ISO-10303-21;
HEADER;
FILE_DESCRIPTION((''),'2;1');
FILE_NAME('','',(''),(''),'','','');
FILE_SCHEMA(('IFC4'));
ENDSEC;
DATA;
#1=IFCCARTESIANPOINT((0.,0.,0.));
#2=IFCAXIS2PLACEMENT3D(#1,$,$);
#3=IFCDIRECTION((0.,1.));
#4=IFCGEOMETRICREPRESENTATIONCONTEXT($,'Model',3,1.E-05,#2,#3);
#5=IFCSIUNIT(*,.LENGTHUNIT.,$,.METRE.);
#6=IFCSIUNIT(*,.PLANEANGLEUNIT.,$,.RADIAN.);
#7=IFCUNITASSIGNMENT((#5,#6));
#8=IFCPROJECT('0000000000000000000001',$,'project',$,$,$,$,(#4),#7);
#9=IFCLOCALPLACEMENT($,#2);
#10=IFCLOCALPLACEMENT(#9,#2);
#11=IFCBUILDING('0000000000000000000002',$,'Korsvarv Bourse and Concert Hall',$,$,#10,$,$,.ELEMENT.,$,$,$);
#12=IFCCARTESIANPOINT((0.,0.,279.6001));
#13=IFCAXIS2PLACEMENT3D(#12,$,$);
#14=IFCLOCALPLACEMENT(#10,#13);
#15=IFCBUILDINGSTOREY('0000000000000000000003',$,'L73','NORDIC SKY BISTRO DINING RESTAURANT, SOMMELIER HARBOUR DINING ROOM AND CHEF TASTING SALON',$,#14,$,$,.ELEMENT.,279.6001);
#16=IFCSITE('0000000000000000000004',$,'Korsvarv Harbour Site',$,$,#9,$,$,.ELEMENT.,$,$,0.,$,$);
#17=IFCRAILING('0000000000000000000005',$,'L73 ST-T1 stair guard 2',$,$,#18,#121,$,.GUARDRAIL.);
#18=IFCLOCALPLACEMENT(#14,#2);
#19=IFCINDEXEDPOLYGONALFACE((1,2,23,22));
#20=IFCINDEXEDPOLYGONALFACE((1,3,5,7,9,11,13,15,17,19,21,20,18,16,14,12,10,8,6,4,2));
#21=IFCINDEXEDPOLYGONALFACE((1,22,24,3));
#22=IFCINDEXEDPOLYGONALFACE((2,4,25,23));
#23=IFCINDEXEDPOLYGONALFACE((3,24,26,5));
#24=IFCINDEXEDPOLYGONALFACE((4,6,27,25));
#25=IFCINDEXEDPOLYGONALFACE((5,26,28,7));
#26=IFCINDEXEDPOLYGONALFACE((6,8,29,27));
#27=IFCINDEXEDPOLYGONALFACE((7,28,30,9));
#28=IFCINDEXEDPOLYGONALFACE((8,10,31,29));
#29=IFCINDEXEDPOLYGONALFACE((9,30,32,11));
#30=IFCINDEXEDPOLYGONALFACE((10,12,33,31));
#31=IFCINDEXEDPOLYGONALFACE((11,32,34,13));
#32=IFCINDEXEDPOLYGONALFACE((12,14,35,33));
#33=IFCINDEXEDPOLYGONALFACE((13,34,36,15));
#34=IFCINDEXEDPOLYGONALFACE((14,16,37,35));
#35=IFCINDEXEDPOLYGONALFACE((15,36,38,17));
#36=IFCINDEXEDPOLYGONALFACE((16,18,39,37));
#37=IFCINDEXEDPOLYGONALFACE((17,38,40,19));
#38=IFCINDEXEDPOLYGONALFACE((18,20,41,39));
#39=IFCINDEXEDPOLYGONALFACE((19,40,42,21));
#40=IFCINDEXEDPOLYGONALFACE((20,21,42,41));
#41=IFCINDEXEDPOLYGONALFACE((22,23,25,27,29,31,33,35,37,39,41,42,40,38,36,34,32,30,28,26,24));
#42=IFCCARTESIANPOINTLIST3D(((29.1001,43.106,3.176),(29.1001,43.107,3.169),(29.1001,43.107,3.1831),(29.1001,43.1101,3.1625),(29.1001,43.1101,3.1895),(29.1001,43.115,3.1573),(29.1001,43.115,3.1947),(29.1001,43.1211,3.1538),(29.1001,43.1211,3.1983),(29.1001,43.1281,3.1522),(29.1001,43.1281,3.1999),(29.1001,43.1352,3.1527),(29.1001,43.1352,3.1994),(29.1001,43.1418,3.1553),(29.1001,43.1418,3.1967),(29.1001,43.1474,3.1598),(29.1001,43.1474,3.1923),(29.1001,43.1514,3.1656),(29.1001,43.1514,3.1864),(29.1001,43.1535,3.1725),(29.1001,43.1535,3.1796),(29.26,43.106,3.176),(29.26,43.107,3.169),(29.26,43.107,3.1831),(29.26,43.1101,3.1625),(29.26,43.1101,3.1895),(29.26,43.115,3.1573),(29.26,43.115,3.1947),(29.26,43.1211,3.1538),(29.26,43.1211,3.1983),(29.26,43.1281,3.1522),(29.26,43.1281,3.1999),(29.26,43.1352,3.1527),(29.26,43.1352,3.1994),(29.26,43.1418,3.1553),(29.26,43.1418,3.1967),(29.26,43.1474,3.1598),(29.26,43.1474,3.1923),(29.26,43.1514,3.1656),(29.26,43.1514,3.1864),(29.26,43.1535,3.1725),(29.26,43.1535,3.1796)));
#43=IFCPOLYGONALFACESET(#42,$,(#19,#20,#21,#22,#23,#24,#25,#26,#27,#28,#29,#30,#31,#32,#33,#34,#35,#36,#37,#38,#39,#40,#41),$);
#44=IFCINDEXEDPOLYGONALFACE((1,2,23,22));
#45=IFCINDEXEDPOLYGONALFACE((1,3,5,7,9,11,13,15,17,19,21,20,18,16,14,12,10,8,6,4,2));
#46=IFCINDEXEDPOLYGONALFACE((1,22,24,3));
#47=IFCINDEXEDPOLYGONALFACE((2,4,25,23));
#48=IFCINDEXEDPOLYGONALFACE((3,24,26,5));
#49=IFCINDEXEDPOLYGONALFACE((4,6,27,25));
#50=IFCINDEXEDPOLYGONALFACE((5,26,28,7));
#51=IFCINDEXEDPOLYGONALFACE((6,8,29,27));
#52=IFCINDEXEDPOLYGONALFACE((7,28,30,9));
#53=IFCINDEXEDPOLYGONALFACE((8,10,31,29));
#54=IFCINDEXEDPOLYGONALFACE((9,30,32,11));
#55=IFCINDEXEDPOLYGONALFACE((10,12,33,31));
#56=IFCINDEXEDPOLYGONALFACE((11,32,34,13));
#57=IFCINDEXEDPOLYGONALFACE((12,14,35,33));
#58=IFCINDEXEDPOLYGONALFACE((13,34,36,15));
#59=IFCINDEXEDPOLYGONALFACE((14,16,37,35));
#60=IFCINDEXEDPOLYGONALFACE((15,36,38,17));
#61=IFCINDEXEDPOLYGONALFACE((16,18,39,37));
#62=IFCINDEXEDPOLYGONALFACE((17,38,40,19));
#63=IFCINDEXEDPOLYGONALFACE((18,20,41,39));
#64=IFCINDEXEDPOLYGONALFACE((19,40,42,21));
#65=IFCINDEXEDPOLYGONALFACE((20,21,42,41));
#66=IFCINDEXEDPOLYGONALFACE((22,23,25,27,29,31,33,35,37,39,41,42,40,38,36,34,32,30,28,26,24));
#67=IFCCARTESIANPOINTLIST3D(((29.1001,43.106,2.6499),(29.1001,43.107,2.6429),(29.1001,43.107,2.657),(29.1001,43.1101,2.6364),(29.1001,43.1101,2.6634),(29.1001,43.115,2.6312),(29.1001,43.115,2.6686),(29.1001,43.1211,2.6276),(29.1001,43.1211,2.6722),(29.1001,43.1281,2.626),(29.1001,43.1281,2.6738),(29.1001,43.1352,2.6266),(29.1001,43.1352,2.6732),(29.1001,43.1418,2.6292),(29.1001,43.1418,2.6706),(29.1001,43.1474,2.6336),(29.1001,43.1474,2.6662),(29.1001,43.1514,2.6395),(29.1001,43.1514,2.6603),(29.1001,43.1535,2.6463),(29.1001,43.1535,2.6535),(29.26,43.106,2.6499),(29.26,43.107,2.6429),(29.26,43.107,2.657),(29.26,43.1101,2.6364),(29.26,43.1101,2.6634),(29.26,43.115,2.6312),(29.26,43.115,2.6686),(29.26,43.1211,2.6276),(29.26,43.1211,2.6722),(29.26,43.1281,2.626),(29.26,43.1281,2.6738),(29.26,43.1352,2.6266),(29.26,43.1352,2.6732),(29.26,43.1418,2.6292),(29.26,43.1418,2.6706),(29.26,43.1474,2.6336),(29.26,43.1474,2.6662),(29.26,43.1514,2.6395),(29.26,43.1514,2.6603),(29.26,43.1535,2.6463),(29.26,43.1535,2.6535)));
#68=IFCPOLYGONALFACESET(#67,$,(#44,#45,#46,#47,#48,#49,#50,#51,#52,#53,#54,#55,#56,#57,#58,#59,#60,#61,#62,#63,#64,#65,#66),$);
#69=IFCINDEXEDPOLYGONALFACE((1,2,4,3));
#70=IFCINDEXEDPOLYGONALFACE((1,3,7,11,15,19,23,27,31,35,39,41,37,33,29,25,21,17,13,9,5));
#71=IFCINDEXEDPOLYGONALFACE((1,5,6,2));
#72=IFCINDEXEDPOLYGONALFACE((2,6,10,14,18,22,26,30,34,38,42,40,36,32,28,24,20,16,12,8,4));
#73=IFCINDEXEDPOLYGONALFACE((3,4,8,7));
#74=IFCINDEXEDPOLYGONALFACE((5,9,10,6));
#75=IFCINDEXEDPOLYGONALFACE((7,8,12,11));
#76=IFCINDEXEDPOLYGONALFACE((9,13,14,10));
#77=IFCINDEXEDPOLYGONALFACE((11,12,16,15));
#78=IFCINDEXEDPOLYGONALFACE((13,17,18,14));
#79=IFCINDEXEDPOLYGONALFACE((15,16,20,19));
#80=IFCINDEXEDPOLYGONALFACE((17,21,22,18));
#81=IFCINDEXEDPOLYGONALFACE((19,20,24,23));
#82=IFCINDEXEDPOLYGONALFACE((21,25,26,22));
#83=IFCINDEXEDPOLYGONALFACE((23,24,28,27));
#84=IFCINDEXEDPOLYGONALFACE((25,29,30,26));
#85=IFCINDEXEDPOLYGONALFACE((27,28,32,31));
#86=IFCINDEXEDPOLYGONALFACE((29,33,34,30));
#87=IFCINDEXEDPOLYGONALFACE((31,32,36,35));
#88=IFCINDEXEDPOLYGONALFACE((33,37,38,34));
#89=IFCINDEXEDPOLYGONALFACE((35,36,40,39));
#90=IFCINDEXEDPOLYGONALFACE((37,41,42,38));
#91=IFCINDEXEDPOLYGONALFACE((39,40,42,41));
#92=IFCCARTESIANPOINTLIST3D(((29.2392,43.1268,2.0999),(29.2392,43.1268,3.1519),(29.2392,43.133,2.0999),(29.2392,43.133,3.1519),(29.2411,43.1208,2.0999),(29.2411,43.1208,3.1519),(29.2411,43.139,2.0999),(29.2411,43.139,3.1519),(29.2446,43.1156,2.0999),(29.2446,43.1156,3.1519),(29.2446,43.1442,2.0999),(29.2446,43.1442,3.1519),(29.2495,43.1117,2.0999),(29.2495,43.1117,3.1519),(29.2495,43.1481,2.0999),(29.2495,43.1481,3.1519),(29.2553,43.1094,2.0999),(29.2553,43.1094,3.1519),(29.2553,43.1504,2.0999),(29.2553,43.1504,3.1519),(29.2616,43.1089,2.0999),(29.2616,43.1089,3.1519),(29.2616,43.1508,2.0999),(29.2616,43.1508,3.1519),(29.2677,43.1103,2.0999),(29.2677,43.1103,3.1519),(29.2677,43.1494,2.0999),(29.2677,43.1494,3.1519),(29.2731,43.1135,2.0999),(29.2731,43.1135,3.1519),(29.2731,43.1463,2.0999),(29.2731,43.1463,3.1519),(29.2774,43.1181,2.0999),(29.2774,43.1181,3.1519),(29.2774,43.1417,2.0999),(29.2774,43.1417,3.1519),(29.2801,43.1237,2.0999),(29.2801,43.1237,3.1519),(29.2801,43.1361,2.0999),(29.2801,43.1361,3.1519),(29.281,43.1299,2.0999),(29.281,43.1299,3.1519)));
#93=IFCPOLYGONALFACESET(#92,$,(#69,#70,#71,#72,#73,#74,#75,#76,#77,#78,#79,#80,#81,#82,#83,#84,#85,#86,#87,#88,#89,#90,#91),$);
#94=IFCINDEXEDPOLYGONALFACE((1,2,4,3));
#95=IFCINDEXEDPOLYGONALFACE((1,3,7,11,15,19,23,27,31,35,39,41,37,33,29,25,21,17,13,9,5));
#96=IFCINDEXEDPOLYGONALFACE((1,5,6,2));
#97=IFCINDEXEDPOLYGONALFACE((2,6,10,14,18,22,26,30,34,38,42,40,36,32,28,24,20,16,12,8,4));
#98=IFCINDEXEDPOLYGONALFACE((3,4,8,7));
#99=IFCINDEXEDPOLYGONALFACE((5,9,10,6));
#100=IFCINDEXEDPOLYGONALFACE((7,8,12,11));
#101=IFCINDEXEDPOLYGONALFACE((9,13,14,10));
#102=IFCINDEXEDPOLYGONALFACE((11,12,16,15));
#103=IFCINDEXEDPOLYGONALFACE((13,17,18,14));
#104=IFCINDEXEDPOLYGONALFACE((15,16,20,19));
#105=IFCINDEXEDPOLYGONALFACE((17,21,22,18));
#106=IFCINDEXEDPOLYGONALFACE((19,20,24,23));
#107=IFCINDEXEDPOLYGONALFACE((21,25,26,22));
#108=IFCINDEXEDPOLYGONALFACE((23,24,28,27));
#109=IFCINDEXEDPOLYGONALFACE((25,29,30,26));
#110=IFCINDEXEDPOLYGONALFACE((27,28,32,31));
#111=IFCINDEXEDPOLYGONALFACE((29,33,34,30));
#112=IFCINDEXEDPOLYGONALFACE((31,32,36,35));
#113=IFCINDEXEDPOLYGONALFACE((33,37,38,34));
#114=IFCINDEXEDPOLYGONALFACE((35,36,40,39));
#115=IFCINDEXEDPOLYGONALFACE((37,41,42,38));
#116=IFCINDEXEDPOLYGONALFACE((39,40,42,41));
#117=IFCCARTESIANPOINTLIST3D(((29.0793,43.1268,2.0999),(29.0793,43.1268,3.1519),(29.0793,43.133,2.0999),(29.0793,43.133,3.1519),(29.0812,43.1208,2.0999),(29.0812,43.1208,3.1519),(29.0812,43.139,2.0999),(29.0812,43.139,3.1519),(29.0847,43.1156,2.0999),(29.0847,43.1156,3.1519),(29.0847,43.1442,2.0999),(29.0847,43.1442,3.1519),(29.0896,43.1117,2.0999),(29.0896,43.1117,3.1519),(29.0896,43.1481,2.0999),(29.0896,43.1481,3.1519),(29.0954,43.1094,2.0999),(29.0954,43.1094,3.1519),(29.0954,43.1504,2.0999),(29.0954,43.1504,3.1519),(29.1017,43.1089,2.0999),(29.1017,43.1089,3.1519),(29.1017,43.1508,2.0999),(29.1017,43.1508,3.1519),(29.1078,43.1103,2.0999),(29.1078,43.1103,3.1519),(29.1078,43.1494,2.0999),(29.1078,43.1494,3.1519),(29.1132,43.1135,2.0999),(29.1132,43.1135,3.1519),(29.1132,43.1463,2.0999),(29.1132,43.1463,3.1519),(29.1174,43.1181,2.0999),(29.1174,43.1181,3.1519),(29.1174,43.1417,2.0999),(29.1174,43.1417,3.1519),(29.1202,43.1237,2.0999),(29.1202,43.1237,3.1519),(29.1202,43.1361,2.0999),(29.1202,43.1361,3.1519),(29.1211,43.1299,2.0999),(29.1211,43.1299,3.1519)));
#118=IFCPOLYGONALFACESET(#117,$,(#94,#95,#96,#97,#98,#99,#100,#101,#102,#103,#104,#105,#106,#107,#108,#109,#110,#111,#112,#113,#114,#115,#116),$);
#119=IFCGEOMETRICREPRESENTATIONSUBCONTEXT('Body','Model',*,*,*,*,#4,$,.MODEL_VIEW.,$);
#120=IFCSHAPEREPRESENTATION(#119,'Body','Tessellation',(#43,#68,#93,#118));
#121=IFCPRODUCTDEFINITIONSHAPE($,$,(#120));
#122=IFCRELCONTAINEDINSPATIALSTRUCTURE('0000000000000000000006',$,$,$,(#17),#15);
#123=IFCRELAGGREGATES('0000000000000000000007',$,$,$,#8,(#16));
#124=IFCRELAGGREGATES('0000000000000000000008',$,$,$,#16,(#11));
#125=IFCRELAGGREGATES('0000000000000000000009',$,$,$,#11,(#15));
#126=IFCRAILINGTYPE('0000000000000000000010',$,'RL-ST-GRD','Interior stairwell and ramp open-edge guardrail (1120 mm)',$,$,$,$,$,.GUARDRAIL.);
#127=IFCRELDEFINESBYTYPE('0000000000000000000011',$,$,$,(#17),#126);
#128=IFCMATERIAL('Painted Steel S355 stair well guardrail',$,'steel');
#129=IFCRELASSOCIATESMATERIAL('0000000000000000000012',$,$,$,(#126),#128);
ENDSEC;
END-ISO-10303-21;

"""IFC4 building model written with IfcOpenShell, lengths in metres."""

from ifc_helpers import new_model, si_unit, direction, frame, origin, origin_2d, place, context, subcontext, project, spatial, circle, extrude, material, type_object, element, save


model = new_model("IFC4")

# Units and contexts
model_context = context("Model", 3, precision=1e-05, world=origin(), true_north=direction((0.0, 1.0)))
body_context = subcontext(model_context, "Body", "Model", "MODEL_VIEW")
ifc_project = project(units=[si_unit("LENGTHUNIT", "METRE"), si_unit("PLANEANGLEUNIT", "RADIAN")], contexts=[model_context])

# Site, building, storey
site_placement = place(None, origin())
site = spatial("IfcSite", under=ifc_project, at=site_placement, Name="Korsvarv Harbour Site", CompositionType="ELEMENT", RefElevation=0.0)
building_placement = place(site_placement, origin())
building = spatial("IfcBuilding", under=site, at=building_placement, Name="Korsvarv Bourse and Concert Hall", CompositionType="ELEMENT")
storey_placement = place(building_placement, frame((0.0, 0.0, 279.6001)))
storey = spatial("IfcBuildingStorey", under=building, at=storey_placement, Name="L73", Description="NORDIC SKY BISTRO DINING RESTAURANT, SOMMELIER HARBOUR DINING ROOM AND CHEF TASTING SALON", CompositionType="ELEMENT", Elevation=279.6001)

# Railing
ifc_material_1 = material(Name="Painted Steel S355 stair well guardrail", Category="steel")
railing_type_1 = type_object("IfcRailingType", Name="RL-ST-GRD", Description="Interior stairwell and ramp open-edge guardrail (1120 mm)", PredefinedType="GUARDRAIL", material=ifc_material_1)
railing_1_placement = place(storey_placement, frame((29.26, 43.1299, 2.0999)))
element("IfcRailing", 1, at=railing_1_placement, inside=storey, type_object=railing_type_1, Name="L73 ST-T1 stair guard 2", PredefinedType="GUARDRAIL", context=body_context, shape_type="SweptSolid", body=[
    extrude(circle(Radius=0.0239, at=origin_2d()), frame((0.0, 0.0, 1.0762), z_axis=(-1.0, 0.0, 0.0), x_axis=(0.0, -1.0, 0.0)), (0.0, 0.0, 1.0), 0.1599),
    extrude(circle(Radius=0.0239, at=origin_2d()), frame((0.0, 0.0, 0.55), z_axis=(-1.0, 0.0, 0.0), x_axis=(0.0, -1.0, 0.0)), (0.0, 0.0, 1.0), 0.1599),
    extrude(circle(Radius=0.021, at=origin_2d()), origin(), (0.0, 0.0, 1.0), 1.052),
    extrude(circle(Radius=0.021, at=origin_2d()), frame((-0.1599, 0.0, 0.0)), (0.0, 0.0, 1.0), 1.052),
])

save(model, "model.ifc")
